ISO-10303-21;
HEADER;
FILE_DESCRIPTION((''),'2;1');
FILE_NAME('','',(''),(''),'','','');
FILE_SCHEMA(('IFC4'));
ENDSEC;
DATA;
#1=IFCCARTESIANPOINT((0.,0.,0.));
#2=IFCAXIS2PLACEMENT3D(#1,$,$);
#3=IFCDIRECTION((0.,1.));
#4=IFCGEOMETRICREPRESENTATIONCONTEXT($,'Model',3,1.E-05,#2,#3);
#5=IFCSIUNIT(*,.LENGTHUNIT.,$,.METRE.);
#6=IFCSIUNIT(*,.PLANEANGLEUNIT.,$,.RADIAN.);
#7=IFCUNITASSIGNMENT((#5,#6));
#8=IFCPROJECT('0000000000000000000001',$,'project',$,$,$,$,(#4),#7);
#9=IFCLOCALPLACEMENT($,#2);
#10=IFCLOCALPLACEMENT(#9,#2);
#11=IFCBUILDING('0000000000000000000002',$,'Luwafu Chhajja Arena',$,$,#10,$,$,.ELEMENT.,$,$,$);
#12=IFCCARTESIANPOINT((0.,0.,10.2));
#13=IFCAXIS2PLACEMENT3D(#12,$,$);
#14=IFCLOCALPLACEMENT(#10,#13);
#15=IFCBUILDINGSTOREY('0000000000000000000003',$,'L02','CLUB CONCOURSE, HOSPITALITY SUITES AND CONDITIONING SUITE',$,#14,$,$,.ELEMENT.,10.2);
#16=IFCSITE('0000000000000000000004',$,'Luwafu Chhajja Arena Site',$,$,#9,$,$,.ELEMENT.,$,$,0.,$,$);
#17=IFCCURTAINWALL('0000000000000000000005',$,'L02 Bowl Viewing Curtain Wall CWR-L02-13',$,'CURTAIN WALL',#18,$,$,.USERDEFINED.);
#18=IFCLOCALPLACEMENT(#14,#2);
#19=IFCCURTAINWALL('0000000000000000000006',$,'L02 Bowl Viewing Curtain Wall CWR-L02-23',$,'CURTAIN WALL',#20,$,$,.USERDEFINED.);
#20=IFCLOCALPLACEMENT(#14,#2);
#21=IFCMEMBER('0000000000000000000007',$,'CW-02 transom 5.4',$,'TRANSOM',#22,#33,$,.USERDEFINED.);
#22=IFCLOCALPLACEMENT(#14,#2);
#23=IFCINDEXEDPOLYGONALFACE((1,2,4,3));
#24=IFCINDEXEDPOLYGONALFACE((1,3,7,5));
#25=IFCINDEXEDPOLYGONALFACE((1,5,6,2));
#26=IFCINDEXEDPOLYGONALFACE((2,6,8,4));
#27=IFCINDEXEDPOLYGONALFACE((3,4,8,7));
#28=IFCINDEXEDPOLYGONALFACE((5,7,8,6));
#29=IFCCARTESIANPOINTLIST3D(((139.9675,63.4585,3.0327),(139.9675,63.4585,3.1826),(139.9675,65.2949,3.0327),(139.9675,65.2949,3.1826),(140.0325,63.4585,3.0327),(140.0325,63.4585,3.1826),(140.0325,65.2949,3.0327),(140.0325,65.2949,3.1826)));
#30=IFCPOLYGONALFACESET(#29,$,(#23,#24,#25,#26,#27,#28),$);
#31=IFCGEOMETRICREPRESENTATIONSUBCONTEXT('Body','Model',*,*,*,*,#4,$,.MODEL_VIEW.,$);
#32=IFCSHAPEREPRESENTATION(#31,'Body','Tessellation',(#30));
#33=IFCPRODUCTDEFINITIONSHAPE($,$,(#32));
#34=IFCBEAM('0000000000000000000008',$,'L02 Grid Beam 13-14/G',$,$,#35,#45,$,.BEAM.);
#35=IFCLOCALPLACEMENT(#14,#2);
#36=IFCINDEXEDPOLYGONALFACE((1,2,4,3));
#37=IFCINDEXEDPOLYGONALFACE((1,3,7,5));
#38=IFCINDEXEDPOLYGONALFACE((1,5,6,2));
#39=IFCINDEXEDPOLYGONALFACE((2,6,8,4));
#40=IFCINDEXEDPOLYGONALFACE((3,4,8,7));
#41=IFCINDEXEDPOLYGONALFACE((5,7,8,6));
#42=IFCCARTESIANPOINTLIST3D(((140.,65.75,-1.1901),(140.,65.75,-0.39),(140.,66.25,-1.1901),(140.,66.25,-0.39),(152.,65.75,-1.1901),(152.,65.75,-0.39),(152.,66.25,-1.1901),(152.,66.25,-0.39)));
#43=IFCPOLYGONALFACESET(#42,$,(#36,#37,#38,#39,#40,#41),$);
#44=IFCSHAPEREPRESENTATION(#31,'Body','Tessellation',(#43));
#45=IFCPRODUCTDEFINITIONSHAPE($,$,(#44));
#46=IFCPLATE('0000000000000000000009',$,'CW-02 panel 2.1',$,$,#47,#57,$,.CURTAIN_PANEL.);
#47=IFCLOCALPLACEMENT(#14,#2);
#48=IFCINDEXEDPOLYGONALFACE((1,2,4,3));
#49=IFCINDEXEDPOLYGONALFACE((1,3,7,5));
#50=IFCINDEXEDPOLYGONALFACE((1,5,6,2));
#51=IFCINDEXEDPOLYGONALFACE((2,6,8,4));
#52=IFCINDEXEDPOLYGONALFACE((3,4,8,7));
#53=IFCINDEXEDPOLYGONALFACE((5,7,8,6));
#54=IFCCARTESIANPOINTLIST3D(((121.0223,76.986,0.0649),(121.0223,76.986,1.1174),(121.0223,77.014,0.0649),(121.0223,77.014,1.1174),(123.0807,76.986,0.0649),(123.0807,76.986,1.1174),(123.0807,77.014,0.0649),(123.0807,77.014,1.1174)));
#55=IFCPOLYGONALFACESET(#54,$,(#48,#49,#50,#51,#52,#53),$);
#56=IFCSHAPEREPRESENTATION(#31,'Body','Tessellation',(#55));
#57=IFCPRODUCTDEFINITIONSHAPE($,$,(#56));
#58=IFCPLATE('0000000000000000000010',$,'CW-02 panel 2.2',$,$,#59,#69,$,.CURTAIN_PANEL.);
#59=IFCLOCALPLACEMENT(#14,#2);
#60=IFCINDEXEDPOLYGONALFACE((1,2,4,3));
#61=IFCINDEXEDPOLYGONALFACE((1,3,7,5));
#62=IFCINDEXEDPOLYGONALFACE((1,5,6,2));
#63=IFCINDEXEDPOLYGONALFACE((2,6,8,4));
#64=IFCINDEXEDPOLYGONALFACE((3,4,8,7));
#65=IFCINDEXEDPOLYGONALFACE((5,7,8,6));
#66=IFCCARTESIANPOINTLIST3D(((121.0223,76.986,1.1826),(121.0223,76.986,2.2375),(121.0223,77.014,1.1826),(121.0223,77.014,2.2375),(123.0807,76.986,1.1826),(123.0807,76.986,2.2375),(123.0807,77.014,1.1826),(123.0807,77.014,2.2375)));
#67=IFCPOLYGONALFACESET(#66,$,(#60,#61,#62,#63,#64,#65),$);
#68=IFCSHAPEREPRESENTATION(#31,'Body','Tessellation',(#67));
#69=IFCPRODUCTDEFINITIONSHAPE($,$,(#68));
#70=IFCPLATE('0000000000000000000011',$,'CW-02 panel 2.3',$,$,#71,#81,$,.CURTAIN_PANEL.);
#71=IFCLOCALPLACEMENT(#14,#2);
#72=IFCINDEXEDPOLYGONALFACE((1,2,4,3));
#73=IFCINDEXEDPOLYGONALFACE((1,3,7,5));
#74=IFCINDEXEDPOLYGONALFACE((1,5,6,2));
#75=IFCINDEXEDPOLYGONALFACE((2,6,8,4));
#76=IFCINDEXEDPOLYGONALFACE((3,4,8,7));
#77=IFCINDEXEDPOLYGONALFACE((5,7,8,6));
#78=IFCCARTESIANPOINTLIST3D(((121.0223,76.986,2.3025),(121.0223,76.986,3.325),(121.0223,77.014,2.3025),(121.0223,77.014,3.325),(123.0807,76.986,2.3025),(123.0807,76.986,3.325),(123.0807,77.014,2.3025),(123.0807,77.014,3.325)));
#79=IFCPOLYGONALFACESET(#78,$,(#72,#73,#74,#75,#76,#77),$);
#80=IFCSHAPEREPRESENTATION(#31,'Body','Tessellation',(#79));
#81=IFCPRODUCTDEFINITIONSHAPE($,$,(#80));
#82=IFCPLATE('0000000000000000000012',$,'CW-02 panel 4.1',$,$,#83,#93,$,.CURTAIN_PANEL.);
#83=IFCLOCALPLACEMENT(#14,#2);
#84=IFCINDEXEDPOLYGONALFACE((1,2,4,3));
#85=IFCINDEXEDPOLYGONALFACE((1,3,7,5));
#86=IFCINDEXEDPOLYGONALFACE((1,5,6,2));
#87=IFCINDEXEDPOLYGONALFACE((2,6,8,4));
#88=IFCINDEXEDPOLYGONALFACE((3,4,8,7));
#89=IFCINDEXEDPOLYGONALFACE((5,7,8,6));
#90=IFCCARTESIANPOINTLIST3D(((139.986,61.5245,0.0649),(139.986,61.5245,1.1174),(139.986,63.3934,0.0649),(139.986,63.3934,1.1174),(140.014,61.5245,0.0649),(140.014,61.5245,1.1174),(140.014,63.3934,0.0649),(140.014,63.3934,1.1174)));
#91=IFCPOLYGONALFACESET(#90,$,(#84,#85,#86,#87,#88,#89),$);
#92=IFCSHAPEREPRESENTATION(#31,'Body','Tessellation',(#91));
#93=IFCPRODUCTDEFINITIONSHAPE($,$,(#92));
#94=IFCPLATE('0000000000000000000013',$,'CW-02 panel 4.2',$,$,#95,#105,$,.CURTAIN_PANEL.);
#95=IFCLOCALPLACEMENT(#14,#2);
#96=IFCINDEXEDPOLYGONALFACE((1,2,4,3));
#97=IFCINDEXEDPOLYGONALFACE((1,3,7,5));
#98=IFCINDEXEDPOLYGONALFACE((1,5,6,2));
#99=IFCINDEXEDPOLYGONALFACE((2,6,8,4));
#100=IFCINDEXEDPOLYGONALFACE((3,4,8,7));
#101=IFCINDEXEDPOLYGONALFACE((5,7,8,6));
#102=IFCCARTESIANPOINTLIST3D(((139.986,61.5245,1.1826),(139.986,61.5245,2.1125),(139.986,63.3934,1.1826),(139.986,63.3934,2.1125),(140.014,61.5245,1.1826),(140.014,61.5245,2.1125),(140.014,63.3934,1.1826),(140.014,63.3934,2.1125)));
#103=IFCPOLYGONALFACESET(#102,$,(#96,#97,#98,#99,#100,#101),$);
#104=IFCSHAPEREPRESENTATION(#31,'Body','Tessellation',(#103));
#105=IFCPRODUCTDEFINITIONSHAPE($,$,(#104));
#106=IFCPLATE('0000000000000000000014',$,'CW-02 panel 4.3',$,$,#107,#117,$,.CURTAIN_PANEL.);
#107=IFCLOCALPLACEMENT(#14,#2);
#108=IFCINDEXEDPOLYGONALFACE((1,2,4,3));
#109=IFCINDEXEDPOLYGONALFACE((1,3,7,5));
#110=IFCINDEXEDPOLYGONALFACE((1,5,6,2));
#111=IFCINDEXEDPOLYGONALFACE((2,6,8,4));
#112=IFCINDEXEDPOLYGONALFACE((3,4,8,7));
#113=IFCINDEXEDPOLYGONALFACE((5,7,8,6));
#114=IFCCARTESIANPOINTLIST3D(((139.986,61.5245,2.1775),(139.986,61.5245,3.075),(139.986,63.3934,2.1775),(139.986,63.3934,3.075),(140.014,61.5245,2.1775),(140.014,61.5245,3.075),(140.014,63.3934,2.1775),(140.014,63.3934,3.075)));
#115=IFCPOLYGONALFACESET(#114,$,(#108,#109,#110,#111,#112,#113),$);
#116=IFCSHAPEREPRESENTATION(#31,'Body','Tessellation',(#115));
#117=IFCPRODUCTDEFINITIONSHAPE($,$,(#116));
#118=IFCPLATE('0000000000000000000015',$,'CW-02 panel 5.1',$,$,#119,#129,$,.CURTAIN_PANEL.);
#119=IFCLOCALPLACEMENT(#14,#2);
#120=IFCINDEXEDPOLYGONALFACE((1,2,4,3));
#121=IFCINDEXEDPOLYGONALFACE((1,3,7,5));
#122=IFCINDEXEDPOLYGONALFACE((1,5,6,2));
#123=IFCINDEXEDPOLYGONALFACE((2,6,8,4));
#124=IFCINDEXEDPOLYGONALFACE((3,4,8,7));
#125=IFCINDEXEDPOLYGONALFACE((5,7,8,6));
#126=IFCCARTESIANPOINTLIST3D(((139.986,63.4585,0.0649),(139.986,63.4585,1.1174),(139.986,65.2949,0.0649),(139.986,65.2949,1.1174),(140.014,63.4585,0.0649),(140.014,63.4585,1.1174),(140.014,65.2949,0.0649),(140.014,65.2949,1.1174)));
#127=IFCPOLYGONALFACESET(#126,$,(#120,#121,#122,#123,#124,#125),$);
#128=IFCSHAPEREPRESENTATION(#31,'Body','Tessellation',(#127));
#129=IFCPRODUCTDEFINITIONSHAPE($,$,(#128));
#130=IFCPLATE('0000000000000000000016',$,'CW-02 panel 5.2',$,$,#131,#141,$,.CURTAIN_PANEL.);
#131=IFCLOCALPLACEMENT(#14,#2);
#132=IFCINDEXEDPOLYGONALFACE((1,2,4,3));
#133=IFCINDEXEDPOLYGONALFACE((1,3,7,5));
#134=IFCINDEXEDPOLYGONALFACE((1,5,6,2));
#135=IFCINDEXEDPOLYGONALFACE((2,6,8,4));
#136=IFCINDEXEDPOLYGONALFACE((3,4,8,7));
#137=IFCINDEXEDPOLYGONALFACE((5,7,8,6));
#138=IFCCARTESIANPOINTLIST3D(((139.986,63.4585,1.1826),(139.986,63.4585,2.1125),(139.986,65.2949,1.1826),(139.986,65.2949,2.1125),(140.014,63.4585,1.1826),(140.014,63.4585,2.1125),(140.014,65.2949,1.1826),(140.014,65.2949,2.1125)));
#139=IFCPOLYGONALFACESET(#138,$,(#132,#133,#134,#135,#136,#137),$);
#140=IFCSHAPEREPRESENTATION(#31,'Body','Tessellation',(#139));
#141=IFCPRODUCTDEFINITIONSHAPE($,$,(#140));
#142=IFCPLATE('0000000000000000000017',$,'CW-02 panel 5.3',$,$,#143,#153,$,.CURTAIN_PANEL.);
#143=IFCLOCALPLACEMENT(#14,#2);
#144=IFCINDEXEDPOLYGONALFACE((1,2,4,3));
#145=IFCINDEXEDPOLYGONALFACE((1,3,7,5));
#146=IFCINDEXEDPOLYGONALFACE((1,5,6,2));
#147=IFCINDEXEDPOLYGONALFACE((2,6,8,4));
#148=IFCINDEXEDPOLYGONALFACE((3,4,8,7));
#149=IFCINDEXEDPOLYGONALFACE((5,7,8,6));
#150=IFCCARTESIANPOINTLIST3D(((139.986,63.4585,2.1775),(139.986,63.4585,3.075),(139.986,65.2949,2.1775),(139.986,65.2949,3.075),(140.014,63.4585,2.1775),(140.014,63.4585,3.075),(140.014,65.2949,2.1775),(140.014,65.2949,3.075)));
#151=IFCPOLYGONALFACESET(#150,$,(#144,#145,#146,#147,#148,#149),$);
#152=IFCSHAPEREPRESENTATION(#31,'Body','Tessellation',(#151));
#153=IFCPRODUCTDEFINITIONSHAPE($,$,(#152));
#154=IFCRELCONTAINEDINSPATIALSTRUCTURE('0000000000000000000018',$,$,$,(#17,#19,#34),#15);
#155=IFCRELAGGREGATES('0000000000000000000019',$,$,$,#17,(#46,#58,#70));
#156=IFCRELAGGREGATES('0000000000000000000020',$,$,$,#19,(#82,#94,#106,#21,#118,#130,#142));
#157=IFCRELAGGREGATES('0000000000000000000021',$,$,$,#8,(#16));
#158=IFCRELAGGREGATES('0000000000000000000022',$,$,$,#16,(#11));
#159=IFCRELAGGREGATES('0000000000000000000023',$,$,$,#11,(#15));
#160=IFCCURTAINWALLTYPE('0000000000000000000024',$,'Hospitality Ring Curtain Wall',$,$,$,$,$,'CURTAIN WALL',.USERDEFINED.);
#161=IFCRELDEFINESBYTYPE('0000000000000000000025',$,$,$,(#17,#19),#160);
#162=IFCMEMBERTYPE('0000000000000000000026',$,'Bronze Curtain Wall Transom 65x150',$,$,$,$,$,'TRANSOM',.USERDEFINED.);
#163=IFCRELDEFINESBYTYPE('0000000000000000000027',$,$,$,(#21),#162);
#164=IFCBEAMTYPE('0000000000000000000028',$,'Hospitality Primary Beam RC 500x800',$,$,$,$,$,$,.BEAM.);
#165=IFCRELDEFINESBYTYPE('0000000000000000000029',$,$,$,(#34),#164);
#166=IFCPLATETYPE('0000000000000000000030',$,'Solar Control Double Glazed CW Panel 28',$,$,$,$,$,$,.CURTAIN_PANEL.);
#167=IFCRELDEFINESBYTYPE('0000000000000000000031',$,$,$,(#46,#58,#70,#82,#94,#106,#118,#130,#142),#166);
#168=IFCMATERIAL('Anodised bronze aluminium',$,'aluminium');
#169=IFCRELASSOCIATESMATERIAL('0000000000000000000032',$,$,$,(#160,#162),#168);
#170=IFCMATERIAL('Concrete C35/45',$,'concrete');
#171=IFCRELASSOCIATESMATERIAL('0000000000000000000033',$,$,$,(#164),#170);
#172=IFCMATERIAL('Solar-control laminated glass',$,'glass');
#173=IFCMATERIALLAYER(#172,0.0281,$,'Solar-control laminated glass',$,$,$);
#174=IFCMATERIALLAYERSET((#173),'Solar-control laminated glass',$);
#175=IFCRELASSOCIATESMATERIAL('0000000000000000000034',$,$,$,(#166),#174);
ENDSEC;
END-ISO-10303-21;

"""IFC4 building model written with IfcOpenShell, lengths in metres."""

from ifc_helpers import new_model, si_unit, direction, frame, origin, origin_2d, place, context, subcontext, project, spatial, rectangle, extrude, material, layer, layer_set, material_profile, profile_set, type_object, element, aggregate, save


model = new_model("IFC4")

# Units and contexts
model_context = context("Model", 3, precision=1e-05, world=origin(), true_north=direction((0.0, 1.0)))
body_context = subcontext(model_context, "Body", "Model", "MODEL_VIEW")
ifc_project = project(units=[si_unit("LENGTHUNIT", "METRE"), si_unit("PLANEANGLEUNIT", "RADIAN")], contexts=[model_context])

# Site, building, storey
site_placement = place(None, origin())
site = spatial("IfcSite", under=ifc_project, at=site_placement, Name="Luwafu Chhajja Arena Site", CompositionType="ELEMENT", RefElevation=0.0)
building_placement = place(site_placement, origin())
building = spatial("IfcBuilding", under=site, at=building_placement, Name="Luwafu Chhajja Arena", CompositionType="ELEMENT")
storey_placement = place(building_placement, frame((0.0, 0.0, 10.2)))
storey = spatial("IfcBuildingStorey", under=building, at=storey_placement, Name="L02", Description="CLUB CONCOURSE, HOSPITALITY SUITES AND CONDITIONING SUITE", CompositionType="ELEMENT", Elevation=10.2)

# Curtain wall
ifc_material_1 = material(Name="Anodised bronze aluminium", Category="aluminium")
curtain_wall_type = type_object("IfcCurtainWallType", Name="Hospitality Ring Curtain Wall", ElementType="CURTAIN WALL", PredefinedType="USERDEFINED", material=ifc_material_1)
curtain_wall_1_placement = place(storey_placement, origin())
curtain_wall_1 = element("IfcCurtainWall", 1, at=curtain_wall_1_placement, inside=storey, type_object=curtain_wall_type, Name="L02 Bowl Viewing Curtain Wall CWR-L02-13", ObjectType="CURTAIN WALL", PredefinedType="USERDEFINED")

# Curtain wall, member
curtain_wall_2_placement = place(storey_placement, origin())
curtain_wall_2 = element("IfcCurtainWall", 2, at=curtain_wall_2_placement, inside=storey, type_object=curtain_wall_type, Name="L02 Bowl Viewing Curtain Wall CWR-L02-23", ObjectType="CURTAIN WALL", PredefinedType="USERDEFINED")
ifc_material_profile_1 = material_profile(ifc_material_1, rectangle(XDim=0.0649, YDim=0.1499, at=origin_2d()), Name="CWT 65x150")
ifc_profile_set_1 = profile_set([ifc_material_profile_1], Name="Anodised bronze aluminium")
member_type_1 = type_object("IfcMemberType", Name="Bronze Curtain Wall Transom 65x150", ElementType="TRANSOM", PredefinedType="USERDEFINED", material=ifc_profile_set_1)
member_1_placement = place(storey_placement, frame((140.0, 63.4585, 3.1077), z_axis=(0.0, 1.0, 0.0), x_axis=(-1.0, 0.0, 0.0)))
member_1 = element("IfcMember", 3, at=member_1_placement, type_object=member_type_1, Name="CW-02 transom 5.4", ObjectType="TRANSOM", PredefinedType="USERDEFINED", context=body_context, shape_type="SweptSolid", body=[
    extrude(rectangle(XDim=0.0649, YDim=0.1499, at=origin_2d()), origin(), (0.0, 0.0, 1.0), 1.8364),
])

# Beam
ifc_material_2 = material(Name="Concrete C35/45", Category="concrete")
ifc_material_profile_2 = material_profile(ifc_material_2, rectangle(XDim=0.5, YDim=0.8, at=origin_2d()), Name="RC 500x800")
ifc_profile_set_2 = profile_set([ifc_material_profile_2], Name="Concrete C35/45")
beam_type = type_object("IfcBeamType", Name="Hospitality Primary Beam RC 500x800", PredefinedType="BEAM", material=ifc_profile_set_2)
beam_placement = place(storey_placement, frame((140.0, 66.0, -0.79), z_axis=(1.0, 0.0, 0.0), x_axis=(0.0, 1.0, 0.0)))
element("IfcBeam", 4, at=beam_placement, inside=storey, type_object=beam_type, Name="L02 Grid Beam 13-14/G", PredefinedType="BEAM", context=body_context, shape_type="SweptSolid", body=[
    extrude(rectangle(XDim=0.5, YDim=0.8, at=origin_2d()), origin(), (0.0, 0.0, 1.0), 12.0),
])

# Plates
ifc_material_3 = material(Name="Solar-control laminated glass", Category="glass")
ifc_layer = layer(ifc_material_3, 0.0281, Name="Solar-control laminated glass")
ifc_layer_set = layer_set([ifc_layer], Name="Solar-control laminated glass")
plate_type = type_object("IfcPlateType", Name="Solar Control Double Glazed CW Panel 28", PredefinedType="CURTAIN_PANEL", material=ifc_layer_set)
plate_1_placement = place(storey_placement, frame((122.0515, 77.0, 0.0649), z_axis=(0.0, 0.0, 1.0), x_axis=(1.0, 0.0, 0.0)))
plate_1 = element("IfcPlate", 5, at=plate_1_placement, type_object=plate_type, Name="CW-02 panel 2.1", PredefinedType="CURTAIN_PANEL", context=body_context, shape_type="SweptSolid", body=[
    extrude(rectangle(XDim=2.0583, YDim=0.0281, at=origin_2d()), origin(), (0.0, 0.0, 1.0), 1.0525),
])
plate_2_placement = place(storey_placement, frame((122.0515, 77.0, 1.1826), z_axis=(0.0, 0.0, 1.0), x_axis=(1.0, 0.0, 0.0)))
plate_2 = element("IfcPlate", 6, at=plate_2_placement, type_object=plate_type, Name="CW-02 panel 2.2", PredefinedType="CURTAIN_PANEL", context=body_context, shape_type="SweptSolid", body=[
    extrude(rectangle(XDim=2.0583, YDim=0.0281, at=origin_2d()), origin(), (0.0, 0.0, 1.0), 1.0549),
])
plate_3_placement = place(storey_placement, frame((122.0515, 77.0, 2.3025), z_axis=(0.0, 0.0, 1.0), x_axis=(1.0, 0.0, 0.0)))
plate_3 = element("IfcPlate", 7, at=plate_3_placement, type_object=plate_type, Name="CW-02 panel 2.3", PredefinedType="CURTAIN_PANEL", context=body_context, shape_type="SweptSolid", body=[
    extrude(rectangle(XDim=2.0583, YDim=0.0281, at=origin_2d()), origin(), (0.0, 0.0, 1.0), 1.0225),
])
aggregate(curtain_wall_1, [plate_1, plate_2, plate_3])
plate_4_placement = place(storey_placement, frame((140.0, 62.459, 0.0649), z_axis=(0.0, 0.0, 1.0), x_axis=(0.0, 1.0, 0.0)))
plate_4 = element("IfcPlate", 8, at=plate_4_placement, type_object=plate_type, Name="CW-02 panel 4.1", PredefinedType="CURTAIN_PANEL", context=body_context, shape_type="SweptSolid", body=[
    extrude(rectangle(XDim=1.8689, YDim=0.0281, at=origin_2d()), origin(), (0.0, 0.0, 1.0), 1.0525),
])
plate_5_placement = place(storey_placement, frame((140.0, 62.459, 1.1826), z_axis=(0.0, 0.0, 1.0), x_axis=(0.0, 1.0, 0.0)))
plate_5 = element("IfcPlate", 9, at=plate_5_placement, type_object=plate_type, Name="CW-02 panel 4.2", PredefinedType="CURTAIN_PANEL", context=body_context, shape_type="SweptSolid", body=[
    extrude(rectangle(XDim=1.8689, YDim=0.0281, at=origin_2d()), origin(), (0.0, 0.0, 1.0), 0.9299),
])
plate_6_placement = place(storey_placement, frame((140.0, 62.459, 2.1775), z_axis=(0.0, 0.0, 1.0), x_axis=(0.0, 1.0, 0.0)))
plate_6 = element("IfcPlate", 10, at=plate_6_placement, type_object=plate_type, Name="CW-02 panel 4.3", PredefinedType="CURTAIN_PANEL", context=body_context, shape_type="SweptSolid", body=[
    extrude(rectangle(XDim=1.8689, YDim=0.0281, at=origin_2d()), origin(), (0.0, 0.0, 1.0), 0.8975),
])
plate_7_placement = place(storey_placement, frame((140.0, 64.3767, 0.0649), z_axis=(0.0, 0.0, 1.0), x_axis=(0.0, 1.0, 0.0)))
plate_7 = element("IfcPlate", 11, at=plate_7_placement, type_object=plate_type, Name="CW-02 panel 5.1", PredefinedType="CURTAIN_PANEL", context=body_context, shape_type="SweptSolid", body=[
    extrude(rectangle(XDim=1.8364, YDim=0.0281, at=origin_2d()), origin(), (0.0, 0.0, 1.0), 1.0525),
])
plate_8_placement = place(storey_placement, frame((140.0, 64.3767, 1.1826), z_axis=(0.0, 0.0, 1.0), x_axis=(0.0, 1.0, 0.0)))
plate_8 = element("IfcPlate", 12, at=plate_8_placement, type_object=plate_type, Name="CW-02 panel 5.2", PredefinedType="CURTAIN_PANEL", context=body_context, shape_type="SweptSolid", body=[
    extrude(rectangle(XDim=1.8364, YDim=0.0281, at=origin_2d()), origin(), (0.0, 0.0, 1.0), 0.9299),
])
plate_9_placement = place(storey_placement, frame((140.0, 64.3767, 2.1775), z_axis=(0.0, 0.0, 1.0), x_axis=(0.0, 1.0, 0.0)))
plate_9 = element("IfcPlate", 13, at=plate_9_placement, type_object=plate_type, Name="CW-02 panel 5.3", PredefinedType="CURTAIN_PANEL", context=body_context, shape_type="SweptSolid", body=[
    extrude(rectangle(XDim=1.8364, YDim=0.0281, at=origin_2d()), origin(), (0.0, 0.0, 1.0), 0.8975),
])
aggregate(curtain_wall_2, [plate_4, plate_5, plate_6, member_1, plate_7, plate_8, plate_9])

save(model, "model.ifc")
